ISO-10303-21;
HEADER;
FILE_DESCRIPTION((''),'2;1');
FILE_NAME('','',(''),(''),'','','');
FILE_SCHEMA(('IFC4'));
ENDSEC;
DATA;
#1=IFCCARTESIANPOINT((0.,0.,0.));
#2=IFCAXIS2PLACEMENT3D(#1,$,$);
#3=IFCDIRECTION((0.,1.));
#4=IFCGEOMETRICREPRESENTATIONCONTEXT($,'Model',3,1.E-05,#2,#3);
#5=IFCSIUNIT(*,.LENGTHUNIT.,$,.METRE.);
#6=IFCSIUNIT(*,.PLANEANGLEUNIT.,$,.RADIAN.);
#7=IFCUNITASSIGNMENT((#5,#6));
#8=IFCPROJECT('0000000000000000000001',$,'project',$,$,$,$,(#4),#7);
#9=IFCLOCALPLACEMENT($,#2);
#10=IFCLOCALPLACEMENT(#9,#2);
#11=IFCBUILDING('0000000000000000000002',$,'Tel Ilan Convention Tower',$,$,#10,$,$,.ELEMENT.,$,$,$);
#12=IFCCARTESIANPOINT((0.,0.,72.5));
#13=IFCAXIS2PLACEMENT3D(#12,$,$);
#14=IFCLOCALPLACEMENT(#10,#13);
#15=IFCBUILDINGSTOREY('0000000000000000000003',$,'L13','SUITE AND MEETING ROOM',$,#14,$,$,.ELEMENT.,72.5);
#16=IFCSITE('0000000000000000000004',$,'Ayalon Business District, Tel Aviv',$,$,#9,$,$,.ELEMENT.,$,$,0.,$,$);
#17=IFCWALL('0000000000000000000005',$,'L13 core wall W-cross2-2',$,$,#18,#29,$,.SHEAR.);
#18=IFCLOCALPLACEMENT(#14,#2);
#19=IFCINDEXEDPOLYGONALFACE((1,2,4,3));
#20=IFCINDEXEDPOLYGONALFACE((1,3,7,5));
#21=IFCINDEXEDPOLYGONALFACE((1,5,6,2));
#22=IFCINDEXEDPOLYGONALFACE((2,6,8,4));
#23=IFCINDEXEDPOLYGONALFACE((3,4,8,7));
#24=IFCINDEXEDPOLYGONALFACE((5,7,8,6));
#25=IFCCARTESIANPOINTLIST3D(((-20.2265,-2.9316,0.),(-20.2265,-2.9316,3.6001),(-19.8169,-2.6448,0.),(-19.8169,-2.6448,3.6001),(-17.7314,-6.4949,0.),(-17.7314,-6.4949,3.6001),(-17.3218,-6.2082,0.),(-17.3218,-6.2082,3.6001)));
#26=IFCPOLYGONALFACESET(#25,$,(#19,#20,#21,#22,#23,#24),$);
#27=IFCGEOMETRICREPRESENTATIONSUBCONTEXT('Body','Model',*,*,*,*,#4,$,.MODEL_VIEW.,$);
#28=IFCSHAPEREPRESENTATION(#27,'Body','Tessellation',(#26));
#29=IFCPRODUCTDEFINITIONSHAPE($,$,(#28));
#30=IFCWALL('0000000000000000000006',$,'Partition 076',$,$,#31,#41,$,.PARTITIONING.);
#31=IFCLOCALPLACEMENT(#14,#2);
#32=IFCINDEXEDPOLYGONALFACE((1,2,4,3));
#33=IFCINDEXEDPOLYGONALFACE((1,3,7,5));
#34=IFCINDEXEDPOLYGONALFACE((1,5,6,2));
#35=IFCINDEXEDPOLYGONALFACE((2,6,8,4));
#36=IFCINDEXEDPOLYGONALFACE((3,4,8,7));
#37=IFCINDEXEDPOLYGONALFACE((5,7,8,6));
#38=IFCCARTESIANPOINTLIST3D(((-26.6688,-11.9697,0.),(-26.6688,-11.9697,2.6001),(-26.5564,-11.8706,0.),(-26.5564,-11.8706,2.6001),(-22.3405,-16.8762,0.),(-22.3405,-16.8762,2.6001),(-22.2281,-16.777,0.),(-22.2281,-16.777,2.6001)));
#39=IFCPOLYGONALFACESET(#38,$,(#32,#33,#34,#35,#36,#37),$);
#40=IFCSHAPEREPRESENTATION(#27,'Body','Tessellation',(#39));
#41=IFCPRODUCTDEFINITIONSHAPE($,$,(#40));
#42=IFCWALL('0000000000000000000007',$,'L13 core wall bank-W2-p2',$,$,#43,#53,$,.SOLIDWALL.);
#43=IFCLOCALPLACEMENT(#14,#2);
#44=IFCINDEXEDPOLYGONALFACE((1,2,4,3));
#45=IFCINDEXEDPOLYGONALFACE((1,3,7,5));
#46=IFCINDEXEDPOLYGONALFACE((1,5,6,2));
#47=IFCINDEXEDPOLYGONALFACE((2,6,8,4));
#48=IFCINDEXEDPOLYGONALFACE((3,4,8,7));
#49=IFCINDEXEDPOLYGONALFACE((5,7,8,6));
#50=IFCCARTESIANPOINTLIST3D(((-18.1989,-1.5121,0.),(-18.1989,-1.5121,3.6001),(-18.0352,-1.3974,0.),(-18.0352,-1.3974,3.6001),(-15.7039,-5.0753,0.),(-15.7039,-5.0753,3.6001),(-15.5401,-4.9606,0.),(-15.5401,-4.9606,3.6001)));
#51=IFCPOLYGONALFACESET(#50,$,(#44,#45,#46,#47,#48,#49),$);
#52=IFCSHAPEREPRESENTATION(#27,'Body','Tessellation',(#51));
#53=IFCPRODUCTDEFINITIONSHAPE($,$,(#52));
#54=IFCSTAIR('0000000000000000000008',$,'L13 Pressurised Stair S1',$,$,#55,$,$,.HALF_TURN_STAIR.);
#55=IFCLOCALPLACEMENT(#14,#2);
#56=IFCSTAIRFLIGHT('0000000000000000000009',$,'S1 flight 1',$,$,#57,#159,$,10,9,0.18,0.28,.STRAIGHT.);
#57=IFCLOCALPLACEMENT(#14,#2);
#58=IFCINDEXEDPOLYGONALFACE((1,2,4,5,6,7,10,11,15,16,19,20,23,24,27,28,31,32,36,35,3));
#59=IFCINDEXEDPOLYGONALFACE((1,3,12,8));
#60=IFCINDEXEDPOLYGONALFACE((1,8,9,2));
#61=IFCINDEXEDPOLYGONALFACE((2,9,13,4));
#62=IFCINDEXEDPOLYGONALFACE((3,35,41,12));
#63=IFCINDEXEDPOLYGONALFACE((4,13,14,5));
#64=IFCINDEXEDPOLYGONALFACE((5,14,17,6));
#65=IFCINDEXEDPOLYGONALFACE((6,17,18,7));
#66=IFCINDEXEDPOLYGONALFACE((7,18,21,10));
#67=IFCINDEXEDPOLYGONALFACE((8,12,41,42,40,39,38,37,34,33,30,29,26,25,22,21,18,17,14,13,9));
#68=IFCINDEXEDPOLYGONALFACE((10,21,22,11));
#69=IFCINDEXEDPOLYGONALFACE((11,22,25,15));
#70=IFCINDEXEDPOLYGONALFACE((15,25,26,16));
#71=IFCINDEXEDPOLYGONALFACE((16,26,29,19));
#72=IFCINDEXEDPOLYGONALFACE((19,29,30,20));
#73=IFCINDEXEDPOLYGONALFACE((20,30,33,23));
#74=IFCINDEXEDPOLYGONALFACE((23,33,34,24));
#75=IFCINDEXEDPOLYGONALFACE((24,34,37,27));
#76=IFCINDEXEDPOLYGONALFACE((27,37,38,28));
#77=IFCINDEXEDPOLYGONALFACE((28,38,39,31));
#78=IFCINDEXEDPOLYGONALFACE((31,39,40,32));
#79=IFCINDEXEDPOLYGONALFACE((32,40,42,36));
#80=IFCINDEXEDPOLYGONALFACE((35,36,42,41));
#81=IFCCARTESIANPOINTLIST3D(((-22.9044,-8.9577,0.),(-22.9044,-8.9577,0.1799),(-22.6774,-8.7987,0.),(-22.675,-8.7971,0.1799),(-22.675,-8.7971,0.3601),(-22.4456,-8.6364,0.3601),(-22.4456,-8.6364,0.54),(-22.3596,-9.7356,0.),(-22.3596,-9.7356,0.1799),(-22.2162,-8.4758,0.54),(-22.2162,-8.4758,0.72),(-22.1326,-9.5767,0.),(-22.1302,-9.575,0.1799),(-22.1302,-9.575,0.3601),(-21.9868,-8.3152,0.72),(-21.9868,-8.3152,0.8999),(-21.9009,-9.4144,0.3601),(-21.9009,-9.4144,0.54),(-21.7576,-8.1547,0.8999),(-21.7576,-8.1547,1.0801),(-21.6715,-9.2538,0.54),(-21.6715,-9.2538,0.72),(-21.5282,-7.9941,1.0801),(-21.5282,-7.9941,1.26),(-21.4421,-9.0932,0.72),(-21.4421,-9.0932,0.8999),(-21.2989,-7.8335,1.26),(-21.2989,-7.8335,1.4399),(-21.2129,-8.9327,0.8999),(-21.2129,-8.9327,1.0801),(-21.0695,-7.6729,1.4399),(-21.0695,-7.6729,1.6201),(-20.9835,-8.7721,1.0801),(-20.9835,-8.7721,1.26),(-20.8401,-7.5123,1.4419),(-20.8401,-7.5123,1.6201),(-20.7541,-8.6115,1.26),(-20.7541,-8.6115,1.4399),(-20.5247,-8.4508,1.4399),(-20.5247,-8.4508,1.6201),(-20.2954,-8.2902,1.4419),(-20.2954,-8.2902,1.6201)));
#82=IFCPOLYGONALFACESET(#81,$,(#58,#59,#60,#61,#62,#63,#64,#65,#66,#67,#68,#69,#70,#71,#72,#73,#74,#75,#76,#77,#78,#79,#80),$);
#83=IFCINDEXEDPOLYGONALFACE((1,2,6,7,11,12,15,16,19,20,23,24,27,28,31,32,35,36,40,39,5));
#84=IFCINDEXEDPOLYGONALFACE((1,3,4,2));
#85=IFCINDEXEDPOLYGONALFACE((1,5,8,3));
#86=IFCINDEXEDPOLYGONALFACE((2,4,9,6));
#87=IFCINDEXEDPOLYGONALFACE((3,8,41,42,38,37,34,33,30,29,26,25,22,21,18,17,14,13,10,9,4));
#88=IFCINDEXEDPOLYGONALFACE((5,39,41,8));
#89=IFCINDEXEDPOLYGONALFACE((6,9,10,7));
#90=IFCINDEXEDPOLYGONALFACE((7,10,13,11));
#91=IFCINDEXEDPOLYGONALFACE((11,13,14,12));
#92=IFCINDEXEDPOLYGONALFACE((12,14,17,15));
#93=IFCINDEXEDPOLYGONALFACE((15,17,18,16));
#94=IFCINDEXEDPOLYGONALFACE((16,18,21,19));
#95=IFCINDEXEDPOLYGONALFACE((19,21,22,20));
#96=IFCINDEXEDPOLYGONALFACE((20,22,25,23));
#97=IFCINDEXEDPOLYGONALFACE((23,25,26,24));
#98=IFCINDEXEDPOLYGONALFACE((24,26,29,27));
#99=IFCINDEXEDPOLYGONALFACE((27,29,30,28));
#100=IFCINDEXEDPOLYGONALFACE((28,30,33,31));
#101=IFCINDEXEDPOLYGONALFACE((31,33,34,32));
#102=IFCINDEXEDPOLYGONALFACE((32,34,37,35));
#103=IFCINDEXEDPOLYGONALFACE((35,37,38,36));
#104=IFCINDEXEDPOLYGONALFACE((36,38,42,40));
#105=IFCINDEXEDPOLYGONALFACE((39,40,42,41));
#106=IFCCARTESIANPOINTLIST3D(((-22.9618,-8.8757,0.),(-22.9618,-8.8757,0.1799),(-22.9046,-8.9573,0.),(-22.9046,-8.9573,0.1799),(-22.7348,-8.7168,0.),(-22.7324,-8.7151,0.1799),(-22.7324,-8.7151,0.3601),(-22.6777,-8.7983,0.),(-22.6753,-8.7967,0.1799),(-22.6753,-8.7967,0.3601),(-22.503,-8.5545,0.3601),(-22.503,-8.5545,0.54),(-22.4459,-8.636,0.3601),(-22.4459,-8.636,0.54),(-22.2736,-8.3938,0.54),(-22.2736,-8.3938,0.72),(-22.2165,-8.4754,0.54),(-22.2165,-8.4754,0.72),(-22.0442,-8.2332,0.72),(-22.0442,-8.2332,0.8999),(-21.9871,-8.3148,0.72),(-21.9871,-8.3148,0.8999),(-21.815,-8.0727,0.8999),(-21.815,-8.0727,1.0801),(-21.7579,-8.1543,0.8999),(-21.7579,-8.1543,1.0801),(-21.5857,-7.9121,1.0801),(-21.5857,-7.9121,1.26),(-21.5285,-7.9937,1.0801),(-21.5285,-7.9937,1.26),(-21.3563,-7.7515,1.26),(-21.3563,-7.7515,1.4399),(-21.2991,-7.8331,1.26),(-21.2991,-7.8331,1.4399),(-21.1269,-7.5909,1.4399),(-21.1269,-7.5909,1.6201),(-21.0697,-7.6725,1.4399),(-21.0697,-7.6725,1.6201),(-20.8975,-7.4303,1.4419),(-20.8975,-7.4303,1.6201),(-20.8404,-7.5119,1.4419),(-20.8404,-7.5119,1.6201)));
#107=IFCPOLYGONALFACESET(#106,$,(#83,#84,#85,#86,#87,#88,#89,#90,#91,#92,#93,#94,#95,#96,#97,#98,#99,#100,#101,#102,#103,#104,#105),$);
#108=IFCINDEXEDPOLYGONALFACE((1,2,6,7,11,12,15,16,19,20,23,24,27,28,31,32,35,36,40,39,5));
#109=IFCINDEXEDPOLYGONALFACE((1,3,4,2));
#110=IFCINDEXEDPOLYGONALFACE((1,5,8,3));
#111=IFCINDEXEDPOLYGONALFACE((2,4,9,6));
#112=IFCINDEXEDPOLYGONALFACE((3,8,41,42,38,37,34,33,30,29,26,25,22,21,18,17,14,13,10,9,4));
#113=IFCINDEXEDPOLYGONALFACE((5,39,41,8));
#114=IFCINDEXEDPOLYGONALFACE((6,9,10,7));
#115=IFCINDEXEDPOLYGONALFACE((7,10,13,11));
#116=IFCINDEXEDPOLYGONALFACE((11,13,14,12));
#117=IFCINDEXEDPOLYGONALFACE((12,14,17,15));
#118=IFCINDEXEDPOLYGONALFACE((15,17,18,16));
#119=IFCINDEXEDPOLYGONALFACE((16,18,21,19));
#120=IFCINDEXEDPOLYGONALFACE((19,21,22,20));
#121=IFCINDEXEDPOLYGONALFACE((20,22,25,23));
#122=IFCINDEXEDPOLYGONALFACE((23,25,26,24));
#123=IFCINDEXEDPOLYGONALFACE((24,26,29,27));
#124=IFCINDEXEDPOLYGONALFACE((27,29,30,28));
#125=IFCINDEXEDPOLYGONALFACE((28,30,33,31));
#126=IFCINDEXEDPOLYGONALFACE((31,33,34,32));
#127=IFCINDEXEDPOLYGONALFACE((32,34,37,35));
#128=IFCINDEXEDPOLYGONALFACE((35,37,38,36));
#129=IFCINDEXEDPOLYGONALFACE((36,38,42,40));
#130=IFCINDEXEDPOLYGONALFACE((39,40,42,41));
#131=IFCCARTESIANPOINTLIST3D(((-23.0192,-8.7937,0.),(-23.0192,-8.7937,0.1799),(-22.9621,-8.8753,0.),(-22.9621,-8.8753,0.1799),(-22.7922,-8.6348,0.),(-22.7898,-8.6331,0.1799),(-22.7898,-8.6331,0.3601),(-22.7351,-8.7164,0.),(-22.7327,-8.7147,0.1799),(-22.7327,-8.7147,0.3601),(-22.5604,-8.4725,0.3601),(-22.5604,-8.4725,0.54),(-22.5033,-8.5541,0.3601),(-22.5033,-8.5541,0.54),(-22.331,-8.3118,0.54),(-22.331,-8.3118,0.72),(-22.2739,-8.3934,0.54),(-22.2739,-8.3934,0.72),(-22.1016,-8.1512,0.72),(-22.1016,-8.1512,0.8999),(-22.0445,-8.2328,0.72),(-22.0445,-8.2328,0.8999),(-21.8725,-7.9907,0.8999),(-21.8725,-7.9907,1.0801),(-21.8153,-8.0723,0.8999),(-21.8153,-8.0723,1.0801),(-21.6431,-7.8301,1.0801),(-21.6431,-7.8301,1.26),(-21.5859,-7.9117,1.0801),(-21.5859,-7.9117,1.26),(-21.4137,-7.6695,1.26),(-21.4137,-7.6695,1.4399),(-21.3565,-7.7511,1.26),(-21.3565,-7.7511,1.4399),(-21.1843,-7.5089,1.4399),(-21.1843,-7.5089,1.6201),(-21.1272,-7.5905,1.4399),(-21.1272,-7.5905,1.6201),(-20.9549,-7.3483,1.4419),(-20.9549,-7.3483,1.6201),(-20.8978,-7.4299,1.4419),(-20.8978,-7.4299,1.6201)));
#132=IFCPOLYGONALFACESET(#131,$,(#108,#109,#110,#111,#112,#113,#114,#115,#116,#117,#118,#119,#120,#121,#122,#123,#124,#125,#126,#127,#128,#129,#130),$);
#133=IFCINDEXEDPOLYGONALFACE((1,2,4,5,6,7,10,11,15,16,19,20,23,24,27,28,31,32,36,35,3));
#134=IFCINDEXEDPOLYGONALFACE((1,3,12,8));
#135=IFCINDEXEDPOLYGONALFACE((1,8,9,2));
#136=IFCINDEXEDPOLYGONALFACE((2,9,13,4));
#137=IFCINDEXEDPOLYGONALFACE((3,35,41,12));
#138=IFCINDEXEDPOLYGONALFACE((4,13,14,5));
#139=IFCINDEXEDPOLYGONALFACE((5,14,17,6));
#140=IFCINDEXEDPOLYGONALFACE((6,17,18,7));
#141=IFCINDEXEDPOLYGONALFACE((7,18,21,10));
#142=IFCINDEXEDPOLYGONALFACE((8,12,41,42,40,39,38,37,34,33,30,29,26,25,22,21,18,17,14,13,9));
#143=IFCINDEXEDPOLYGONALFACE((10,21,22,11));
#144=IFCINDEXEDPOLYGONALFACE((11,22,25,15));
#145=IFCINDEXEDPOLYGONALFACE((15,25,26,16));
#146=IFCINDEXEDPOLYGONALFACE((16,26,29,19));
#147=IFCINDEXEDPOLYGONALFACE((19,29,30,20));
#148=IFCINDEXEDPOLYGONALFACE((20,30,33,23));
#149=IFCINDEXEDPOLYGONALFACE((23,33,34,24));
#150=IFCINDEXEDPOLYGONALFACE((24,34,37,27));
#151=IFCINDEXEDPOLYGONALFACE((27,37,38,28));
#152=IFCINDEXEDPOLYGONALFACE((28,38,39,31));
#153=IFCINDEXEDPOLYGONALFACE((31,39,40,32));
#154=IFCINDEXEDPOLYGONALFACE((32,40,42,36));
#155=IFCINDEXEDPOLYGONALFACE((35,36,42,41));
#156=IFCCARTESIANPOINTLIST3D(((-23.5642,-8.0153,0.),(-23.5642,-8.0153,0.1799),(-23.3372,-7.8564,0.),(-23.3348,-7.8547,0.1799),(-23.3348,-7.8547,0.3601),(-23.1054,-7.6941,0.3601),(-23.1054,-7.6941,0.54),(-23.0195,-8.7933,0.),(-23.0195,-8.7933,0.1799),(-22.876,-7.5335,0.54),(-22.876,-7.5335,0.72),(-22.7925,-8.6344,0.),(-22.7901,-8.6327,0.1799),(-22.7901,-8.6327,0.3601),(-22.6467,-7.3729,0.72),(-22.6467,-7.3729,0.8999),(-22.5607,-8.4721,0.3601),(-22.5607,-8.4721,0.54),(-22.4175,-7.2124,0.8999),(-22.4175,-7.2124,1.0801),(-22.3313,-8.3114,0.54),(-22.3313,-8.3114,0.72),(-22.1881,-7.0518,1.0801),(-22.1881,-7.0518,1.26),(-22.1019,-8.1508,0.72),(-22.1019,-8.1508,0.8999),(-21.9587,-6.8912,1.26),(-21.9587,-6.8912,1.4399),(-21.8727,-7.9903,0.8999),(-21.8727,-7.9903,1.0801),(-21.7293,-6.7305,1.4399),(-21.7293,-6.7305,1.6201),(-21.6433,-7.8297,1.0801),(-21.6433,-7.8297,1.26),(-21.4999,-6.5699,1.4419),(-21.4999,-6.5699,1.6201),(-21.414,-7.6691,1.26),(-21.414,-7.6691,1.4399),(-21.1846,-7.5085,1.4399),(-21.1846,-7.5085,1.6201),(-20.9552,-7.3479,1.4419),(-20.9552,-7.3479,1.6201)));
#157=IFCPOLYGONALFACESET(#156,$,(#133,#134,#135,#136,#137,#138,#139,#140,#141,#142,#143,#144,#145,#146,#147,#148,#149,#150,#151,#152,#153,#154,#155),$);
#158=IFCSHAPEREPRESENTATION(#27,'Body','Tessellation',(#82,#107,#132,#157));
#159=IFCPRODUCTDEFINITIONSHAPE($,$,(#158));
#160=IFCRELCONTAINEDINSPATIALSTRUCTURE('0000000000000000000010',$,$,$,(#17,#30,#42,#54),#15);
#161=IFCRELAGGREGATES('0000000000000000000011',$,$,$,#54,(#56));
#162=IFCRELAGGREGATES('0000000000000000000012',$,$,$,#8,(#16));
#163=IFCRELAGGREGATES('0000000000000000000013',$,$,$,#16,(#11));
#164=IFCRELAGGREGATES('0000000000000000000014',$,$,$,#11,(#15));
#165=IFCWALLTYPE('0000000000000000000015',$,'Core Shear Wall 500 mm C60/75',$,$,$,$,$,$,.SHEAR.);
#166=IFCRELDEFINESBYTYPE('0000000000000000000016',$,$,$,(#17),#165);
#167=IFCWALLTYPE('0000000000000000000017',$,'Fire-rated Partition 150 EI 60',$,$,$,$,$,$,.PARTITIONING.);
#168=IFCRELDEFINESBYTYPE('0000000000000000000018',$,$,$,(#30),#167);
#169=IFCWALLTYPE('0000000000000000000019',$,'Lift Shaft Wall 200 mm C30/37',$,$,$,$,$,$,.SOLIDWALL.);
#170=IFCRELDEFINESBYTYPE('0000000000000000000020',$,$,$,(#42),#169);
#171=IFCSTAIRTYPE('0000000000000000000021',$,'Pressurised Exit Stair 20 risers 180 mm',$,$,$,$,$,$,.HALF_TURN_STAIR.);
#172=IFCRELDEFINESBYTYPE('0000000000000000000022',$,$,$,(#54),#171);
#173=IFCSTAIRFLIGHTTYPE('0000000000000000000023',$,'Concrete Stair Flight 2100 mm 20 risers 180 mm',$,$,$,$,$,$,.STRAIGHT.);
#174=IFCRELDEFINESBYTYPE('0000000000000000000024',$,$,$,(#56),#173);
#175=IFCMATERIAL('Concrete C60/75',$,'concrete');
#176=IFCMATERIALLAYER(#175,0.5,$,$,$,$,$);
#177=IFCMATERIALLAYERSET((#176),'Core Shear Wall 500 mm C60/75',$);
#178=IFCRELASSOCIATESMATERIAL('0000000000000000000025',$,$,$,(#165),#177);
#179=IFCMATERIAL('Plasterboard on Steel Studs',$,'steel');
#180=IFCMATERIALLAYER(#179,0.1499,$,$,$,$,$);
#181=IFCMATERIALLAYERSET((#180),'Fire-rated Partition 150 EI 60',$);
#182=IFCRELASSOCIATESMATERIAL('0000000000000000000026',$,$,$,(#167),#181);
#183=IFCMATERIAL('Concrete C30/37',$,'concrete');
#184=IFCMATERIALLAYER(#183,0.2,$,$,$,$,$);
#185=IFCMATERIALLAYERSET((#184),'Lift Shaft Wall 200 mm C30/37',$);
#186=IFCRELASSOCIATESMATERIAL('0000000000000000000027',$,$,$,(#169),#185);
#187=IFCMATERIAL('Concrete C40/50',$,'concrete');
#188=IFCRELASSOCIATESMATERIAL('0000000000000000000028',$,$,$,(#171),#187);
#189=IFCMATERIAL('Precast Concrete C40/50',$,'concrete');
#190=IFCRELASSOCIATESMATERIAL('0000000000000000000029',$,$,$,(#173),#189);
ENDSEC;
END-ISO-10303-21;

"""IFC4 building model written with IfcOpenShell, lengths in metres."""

from ifc_helpers import new_model, si_unit, direction, frame, frame_2d, origin, place, context, subcontext, project, spatial, polyline, rectangle, outline, extrude, material, layer, layer_set, type_object, element, aggregate, save


model = new_model("IFC4")

# Units and contexts
model_context = context("Model", 3, precision=1e-05, world=origin(), true_north=direction((0.0, 1.0)))
body_context = subcontext(model_context, "Body", "Model", "MODEL_VIEW")
ifc_project = project(units=[si_unit("LENGTHUNIT", "METRE"), si_unit("PLANEANGLEUNIT", "RADIAN")], contexts=[model_context])

# Site, building, storey
site_placement = place(None, origin())
site = spatial("IfcSite", under=ifc_project, at=site_placement, Name="Ayalon Business District, Tel Aviv", CompositionType="ELEMENT", RefElevation=0.0)
building_placement = place(site_placement, origin())
building = spatial("IfcBuilding", under=site, at=building_placement, Name="Tel Ilan Convention Tower", CompositionType="ELEMENT")
storey_placement = place(building_placement, frame((0.0, 0.0, 72.5)))
storey = spatial("IfcBuildingStorey", under=building, at=storey_placement, Name="L13", Description="SUITE AND MEETING ROOM", CompositionType="ELEMENT", Elevation=72.5)

# Walls
ifc_material_1 = material(Name="Concrete C60/75", Category="concrete")
ifc_layer_1 = layer(ifc_material_1, 0.5)
ifc_layer_set_1 = layer_set([ifc_layer_1], Name="Core Shear Wall 500 mm C60/75")
wall_type_1 = type_object("IfcWallType", Name="Core Shear Wall 500 mm C60/75", PredefinedType="SHEAR", material=ifc_layer_set_1)
wall_1_placement = place(storey_placement, frame((-17.5266, -6.3516, 0.0), z_axis=(0.0, 0.0, 1.0), x_axis=(-0.57353, 0.819184, 0.0)))
element("IfcWall", 1, at=wall_1_placement, inside=storey, type_object=wall_type_1, Name="L13 core wall W-cross2-2", PredefinedType="SHEAR", context=body_context, shape_type="SweptSolid", body=[
    extrude(outline(polyline([(4.3501, -0.2498), (4.3501, 0.2502), (0.0, 0.25), (0.0, -0.25), (4.3501, -0.2498)])), origin(), (0.0, 0.0, 1.0), 3.6001),
])
ifc_material_2 = material(Name="Plasterboard on Steel Studs", Category="steel")
ifc_layer_2 = layer(ifc_material_2, 0.1499)
ifc_layer_set_2 = layer_set([ifc_layer_2], Name="Fire-rated Partition 150 EI 60")
wall_type_2 = type_object("IfcWallType", Name="Fire-rated Partition 150 EI 60", PredefinedType="PARTITIONING", material=ifc_layer_set_2)
wall_2_placement = place(storey_placement, frame((-22.2842, -16.8267, 0.0), z_axis=(0.0, 0.0, 1.0), x_axis=(-0.661545, 0.749905, 0.0)))
element("IfcWall", 2, at=wall_2_placement, inside=storey, type_object=wall_type_2, Name="Partition 076", PredefinedType="PARTITIONING", context=body_context, shape_type="SweptSolid", body=[
    extrude(rectangle(XDim=6.5427, YDim=0.1499, at=frame_2d((3.2715, 0.0))), origin(), (0.0, 0.0, 1.0), 2.6001),
])
ifc_material_3 = material(Name="Concrete C30/37", Category="concrete")
ifc_layer_3 = layer(ifc_material_3, 0.2)
ifc_layer_set_3 = layer_set([ifc_layer_3], Name="Lift Shaft Wall 200 mm C30/37")
wall_type_3 = type_object("IfcWallType", Name="Lift Shaft Wall 200 mm C30/37", PredefinedType="SOLIDWALL", material=ifc_layer_set_3)
wall_3_placement = place(storey_placement, frame((-15.6221, -5.0178, 0.0), z_axis=(0.0, 0.0, 1.0), x_axis=(-0.573594, 0.81914, 0.0)))
element("IfcWall", 3, at=wall_3_placement, inside=storey, type_object=wall_type_3, Name="L13 core wall bank-W2-p2", PredefinedType="SOLIDWALL", context=body_context, shape_type="SweptSolid", body=[
    extrude(rectangle(XDim=4.3499, YDim=0.2, at=frame_2d((2.1748, 0.0))), origin(), (0.0, 0.0, 1.0), 3.6001),
])

# Stair, stair flight
ifc_material_4 = material(Name="Concrete C40/50", Category="concrete")
stair_type = type_object("IfcStairType", Name="Pressurised Exit Stair 20 risers 180 mm", PredefinedType="HALF_TURN_STAIR", material=ifc_material_4)
stair_1_placement = place(storey_placement, origin())
stair_1 = element("IfcStair", 4, at=stair_1_placement, inside=storey, type_object=stair_type, Name="L13 Pressurised Stair S1", PredefinedType="HALF_TURN_STAIR")
ifc_material_5 = material(Name="Precast Concrete C40/50", Category="concrete")
stair_flight_type = type_object("IfcStairFlightType", Name="Concrete Stair Flight 2100 mm 20 risers 180 mm", PredefinedType="STRAIGHT", material=ifc_material_5)
stair_flight_1_placement = place(storey_placement, frame((-22.9619, -8.8755, 0.0), z_axis=(0.0, 0.0, 1.0), x_axis=(0.819152, 0.573576, 0.0)))
stair_flight_1 = element("IfcStairFlight", 5, at=stair_flight_1_placement, type_object=stair_flight_type, Name="S1 flight 1", NumberOfRisers=10, NumberOfTreads=9, PredefinedType="STRAIGHT", RiserHeight=0.18, TreadLength=0.28, context=body_context, shape_type="SweptSolid", body=[
    extrude(outline(polyline([(0.0, 0.0), (0.0, 0.1799), (0.28, 0.1799), (0.28, 0.3601), (0.5601, 0.3601), (0.5601, 0.54), (0.8401, 0.54), (0.8401, 0.72), (1.1201, 0.72), (1.1201, 0.8999), (1.3999, 0.8999), (1.3999, 1.0801), (1.6799, 1.0801), (1.6799, 1.26), (1.96, 1.26), (1.96, 1.4399), (2.24, 1.4399), (2.24, 1.6201), (2.52, 1.6201), (2.52, 1.8), (2.52, 1.4419), (0.2771, 0.0), (0.0, 0.0)])), frame((0.0, -0.1003, 0.0), z_axis=(0.0, -1.0, 0.0), x_axis=(1.0, 0.0, 0.0)), (0.0, 0.0, 1.0), 0.9497),
    extrude(outline(polyline([(0.0, 0.0), (0.0, 0.1799), (0.28, 0.1799), (0.28, 0.3601), (0.5601, 0.3601), (0.5601, 0.54), (0.8401, 0.54), (0.8401, 0.72), (1.1201, 0.72), (1.1201, 0.8999), (1.3999, 0.8999), (1.3999, 1.0801), (1.6799, 1.0801), (1.6799, 1.26), (1.96, 1.26), (1.96, 1.4399), (2.24, 1.4399), (2.24, 1.6201), (2.52, 1.6201), (2.52, 1.8), (2.52, 1.4419), (0.2771, 0.0), (0.0, 0.0)])), frame((0.0, -0.0002, 0.0), z_axis=(0.0, -1.0, 0.0), x_axis=(1.0, 0.0, 0.0)), (0.0, 0.0, 1.0), 0.0996),
    extrude(outline(polyline([(0.0, 0.0), (0.0, 0.1799), (0.28, 0.1799), (0.28, 0.3601), (0.5601, 0.3601), (0.5601, 0.54), (0.8401, 0.54), (0.8401, 0.72), (1.1201, 0.72), (1.1201, 0.8999), (1.3999, 0.8999), (1.3999, 1.0801), (1.6799, 1.0801), (1.6799, 1.26), (1.96, 1.26), (1.96, 1.4399), (2.24, 1.4399), (2.24, 1.6201), (2.52, 1.6201), (2.52, 1.8), (2.52, 1.4419), (0.2771, 0.0), (0.0, 0.0)])), frame((0.0, 0.0999, 0.0), z_axis=(0.0, -1.0, 0.0), x_axis=(1.0, 0.0, 0.0)), (0.0, 0.0, 1.0), 0.0996),
    extrude(outline(polyline([(0.0, 0.0), (0.0, 0.1799), (0.28, 0.1799), (0.28, 0.3601), (0.5601, 0.3601), (0.5601, 0.54), (0.8401, 0.54), (0.8401, 0.72), (1.1201, 0.72), (1.1201, 0.8999), (1.3999, 0.8999), (1.3999, 1.0801), (1.6799, 1.0801), (1.6799, 1.26), (1.96, 1.26), (1.96, 1.4399), (2.24, 1.4399), (2.24, 1.6201), (2.52, 1.6201), (2.52, 1.8), (2.52, 1.4419), (0.2771, 0.0), (0.0, 0.0)])), frame((0.0, 1.05, 0.0), z_axis=(0.0, -1.0, 0.0), x_axis=(1.0, 0.0, 0.0)), (0.0, 0.0, 1.0), 0.9497),
])
aggregate(stair_1, [stair_flight_1])

save(model, "model.ifc")
